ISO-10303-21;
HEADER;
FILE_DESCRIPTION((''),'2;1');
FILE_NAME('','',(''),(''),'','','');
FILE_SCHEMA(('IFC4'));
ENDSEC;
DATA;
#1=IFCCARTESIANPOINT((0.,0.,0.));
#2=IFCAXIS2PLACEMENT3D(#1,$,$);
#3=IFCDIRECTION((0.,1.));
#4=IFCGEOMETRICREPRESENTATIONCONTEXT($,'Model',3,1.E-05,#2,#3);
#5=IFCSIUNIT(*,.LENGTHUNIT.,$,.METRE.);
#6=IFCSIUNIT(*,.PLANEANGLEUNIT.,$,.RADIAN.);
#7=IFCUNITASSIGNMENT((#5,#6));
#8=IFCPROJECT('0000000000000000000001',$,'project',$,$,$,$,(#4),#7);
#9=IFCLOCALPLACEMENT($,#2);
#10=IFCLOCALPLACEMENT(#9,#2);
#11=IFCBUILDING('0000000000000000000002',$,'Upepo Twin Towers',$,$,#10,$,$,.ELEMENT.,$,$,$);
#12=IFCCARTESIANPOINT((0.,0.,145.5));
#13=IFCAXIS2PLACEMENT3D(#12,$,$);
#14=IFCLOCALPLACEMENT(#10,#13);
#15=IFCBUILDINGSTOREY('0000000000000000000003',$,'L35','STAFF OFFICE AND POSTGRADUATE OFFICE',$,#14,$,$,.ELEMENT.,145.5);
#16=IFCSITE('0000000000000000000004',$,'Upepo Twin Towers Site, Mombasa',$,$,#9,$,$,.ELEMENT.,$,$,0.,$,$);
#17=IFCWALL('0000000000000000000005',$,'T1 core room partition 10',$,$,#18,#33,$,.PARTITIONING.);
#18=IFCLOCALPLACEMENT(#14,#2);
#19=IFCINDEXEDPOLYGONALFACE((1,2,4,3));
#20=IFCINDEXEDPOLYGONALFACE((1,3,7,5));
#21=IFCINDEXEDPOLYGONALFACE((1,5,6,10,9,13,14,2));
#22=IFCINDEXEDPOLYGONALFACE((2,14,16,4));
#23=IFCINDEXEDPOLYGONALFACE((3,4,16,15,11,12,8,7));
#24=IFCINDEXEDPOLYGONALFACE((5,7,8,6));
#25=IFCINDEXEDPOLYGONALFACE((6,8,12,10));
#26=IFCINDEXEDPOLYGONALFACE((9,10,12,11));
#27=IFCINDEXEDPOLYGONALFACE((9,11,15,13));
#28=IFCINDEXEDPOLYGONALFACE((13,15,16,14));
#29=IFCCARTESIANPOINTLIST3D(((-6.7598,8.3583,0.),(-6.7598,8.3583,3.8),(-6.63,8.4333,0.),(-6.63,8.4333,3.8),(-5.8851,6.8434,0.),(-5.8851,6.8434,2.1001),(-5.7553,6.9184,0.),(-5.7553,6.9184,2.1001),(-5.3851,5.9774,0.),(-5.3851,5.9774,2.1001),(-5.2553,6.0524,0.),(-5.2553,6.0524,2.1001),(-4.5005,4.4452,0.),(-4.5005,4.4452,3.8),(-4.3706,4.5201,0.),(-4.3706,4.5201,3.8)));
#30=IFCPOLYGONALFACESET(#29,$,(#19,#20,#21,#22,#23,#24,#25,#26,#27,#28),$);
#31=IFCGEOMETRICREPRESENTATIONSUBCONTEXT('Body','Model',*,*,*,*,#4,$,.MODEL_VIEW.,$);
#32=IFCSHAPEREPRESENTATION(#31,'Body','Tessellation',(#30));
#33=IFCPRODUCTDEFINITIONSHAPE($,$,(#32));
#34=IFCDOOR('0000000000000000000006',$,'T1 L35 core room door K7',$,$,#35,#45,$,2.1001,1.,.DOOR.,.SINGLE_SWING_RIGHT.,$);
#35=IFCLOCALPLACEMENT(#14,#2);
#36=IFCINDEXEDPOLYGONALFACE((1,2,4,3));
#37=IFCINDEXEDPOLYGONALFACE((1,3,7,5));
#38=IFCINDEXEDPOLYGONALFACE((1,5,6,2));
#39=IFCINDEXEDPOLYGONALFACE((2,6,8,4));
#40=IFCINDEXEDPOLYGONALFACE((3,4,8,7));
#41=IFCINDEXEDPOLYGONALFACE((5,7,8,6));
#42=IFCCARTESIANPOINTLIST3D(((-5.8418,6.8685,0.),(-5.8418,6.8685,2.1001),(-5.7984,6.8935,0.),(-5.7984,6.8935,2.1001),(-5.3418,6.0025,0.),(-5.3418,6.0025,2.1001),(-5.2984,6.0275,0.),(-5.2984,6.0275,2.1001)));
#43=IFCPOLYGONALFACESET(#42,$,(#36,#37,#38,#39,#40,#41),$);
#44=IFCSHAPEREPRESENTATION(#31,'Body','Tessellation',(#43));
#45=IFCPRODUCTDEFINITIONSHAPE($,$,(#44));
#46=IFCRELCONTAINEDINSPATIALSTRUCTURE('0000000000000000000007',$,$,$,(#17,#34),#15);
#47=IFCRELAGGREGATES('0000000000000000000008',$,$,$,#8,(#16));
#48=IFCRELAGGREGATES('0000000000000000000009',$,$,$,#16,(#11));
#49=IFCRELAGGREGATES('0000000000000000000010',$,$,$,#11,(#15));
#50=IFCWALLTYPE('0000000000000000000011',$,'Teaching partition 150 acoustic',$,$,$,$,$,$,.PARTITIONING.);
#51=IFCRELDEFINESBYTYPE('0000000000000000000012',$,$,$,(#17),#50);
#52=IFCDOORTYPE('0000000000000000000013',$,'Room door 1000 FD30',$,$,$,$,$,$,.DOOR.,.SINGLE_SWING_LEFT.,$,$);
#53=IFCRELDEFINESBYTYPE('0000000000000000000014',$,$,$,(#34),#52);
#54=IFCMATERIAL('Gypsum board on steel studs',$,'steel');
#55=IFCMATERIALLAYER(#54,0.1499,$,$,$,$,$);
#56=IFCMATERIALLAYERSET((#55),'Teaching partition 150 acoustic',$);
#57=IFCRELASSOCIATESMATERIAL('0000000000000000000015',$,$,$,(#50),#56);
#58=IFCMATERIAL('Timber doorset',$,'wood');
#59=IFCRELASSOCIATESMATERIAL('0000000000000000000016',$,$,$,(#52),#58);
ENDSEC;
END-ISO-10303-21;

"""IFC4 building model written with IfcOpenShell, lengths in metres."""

from ifc_helpers import new_model, si_unit, direction, frame, frame_2d, origin, place, context, subcontext, project, spatial, rectangle, extrude, material, layer, layer_set, type_object, element, fill, save


model = new_model("IFC4")

# Units and contexts
model_context = context("Model", 3, precision=1e-05, world=origin(), true_north=direction((0.0, 1.0)))
body_context = subcontext(model_context, "Body", "Model", "MODEL_VIEW")
ifc_project = project(units=[si_unit("LENGTHUNIT", "METRE"), si_unit("PLANEANGLEUNIT", "RADIAN")], contexts=[model_context])

# Site, building, storey
site_placement = place(None, origin())
site = spatial("IfcSite", under=ifc_project, at=site_placement, Name="Upepo Twin Towers Site, Mombasa", CompositionType="ELEMENT", RefElevation=0.0)
building_placement = place(site_placement, origin())
building = spatial("IfcBuilding", under=site, at=building_placement, Name="Upepo Twin Towers", CompositionType="ELEMENT")
storey_placement = place(building_placement, frame((0.0, 0.0, 145.5)))
storey = spatial("IfcBuildingStorey", under=building, at=storey_placement, Name="L35", Description="STAFF OFFICE AND POSTGRADUATE OFFICE", CompositionType="ELEMENT", Elevation=145.5)

# Shared definitions
ifc_material_1 = material(Name="Gypsum board on steel studs", Category="steel")
ifc_layer_1 = layer(ifc_material_1, 0.1499)
ifc_layer_set_1 = layer_set([ifc_layer_1], Name="Teaching partition 150 acoustic")
wall_type_1 = type_object("IfcWallType", Name="Teaching partition 150 acoustic", PredefinedType="PARTITIONING", material=ifc_layer_set_1)

# Wall, opening, door
wall_1_placement = place(storey_placement, frame((-4.4355, 4.4827, 0.0), z_axis=(0.0, 0.0, 1.0), x_axis=(-0.500009, 0.86602, 0.0)))
wall_1 = element("IfcWall", 1, at=wall_1_placement, inside=storey, type_object=wall_type_1, Name="T1 core room partition 10", PredefinedType="PARTITIONING", context=body_context, shape_type="SweptSolid", body=[
    extrude(rectangle(XDim=4.5186, YDim=0.1499, at=frame_2d((2.2593, 0.0))), origin(), (0.0, 0.0, 1.0), 3.8),
])
opening_1_placement = place(wall_1_placement, frame((1.7693, 0.0, 0.0)))
opening_1 = element("IfcOpeningElement", 2, at=opening_1_placement, cuts=wall_1, PredefinedType="OPENING", context=body_context, shape_type="SweptSolid", body=[
    extrude(rectangle(XDim=1.0, YDim=2.1001, at=frame_2d((0.5, 1.05))), frame((0.0, 0.085, 0.0), z_axis=(0.0, -1.0, 0.0), x_axis=(1.0, 0.0, 0.0)), (0.0, 0.0, 1.0), 0.1699),
])
ifc_material_2 = material(Name="Timber doorset", Category="wood")
door_type_1 = type_object("IfcDoorType", Name="Room door 1000 FD30", OperationType="SINGLE_SWING_LEFT", PredefinedType="DOOR", material=ifc_material_2)
door_1_placement = place(opening_1_placement, origin())
door_1 = element("IfcDoor", 3, at=door_1_placement, inside=storey, type_object=door_type_1, Name="T1 L35 core room door K7", OperationType="SINGLE_SWING_RIGHT", OverallHeight=2.1001, OverallWidth=1.0, PredefinedType="DOOR", context=body_context, shape_type="SweptSolid", body=[
    extrude(rectangle(XDim=1.0, YDim=2.1001, at=frame_2d((0.5, 1.05))), frame((0.0, 0.0249, 0.0), z_axis=(0.0, -1.0, 0.0), x_axis=(1.0, 0.0, 0.0)), (0.0, 0.0, 1.0), 0.05),
])
fill(opening_1, door_1)

save(model, "model.ifc")
